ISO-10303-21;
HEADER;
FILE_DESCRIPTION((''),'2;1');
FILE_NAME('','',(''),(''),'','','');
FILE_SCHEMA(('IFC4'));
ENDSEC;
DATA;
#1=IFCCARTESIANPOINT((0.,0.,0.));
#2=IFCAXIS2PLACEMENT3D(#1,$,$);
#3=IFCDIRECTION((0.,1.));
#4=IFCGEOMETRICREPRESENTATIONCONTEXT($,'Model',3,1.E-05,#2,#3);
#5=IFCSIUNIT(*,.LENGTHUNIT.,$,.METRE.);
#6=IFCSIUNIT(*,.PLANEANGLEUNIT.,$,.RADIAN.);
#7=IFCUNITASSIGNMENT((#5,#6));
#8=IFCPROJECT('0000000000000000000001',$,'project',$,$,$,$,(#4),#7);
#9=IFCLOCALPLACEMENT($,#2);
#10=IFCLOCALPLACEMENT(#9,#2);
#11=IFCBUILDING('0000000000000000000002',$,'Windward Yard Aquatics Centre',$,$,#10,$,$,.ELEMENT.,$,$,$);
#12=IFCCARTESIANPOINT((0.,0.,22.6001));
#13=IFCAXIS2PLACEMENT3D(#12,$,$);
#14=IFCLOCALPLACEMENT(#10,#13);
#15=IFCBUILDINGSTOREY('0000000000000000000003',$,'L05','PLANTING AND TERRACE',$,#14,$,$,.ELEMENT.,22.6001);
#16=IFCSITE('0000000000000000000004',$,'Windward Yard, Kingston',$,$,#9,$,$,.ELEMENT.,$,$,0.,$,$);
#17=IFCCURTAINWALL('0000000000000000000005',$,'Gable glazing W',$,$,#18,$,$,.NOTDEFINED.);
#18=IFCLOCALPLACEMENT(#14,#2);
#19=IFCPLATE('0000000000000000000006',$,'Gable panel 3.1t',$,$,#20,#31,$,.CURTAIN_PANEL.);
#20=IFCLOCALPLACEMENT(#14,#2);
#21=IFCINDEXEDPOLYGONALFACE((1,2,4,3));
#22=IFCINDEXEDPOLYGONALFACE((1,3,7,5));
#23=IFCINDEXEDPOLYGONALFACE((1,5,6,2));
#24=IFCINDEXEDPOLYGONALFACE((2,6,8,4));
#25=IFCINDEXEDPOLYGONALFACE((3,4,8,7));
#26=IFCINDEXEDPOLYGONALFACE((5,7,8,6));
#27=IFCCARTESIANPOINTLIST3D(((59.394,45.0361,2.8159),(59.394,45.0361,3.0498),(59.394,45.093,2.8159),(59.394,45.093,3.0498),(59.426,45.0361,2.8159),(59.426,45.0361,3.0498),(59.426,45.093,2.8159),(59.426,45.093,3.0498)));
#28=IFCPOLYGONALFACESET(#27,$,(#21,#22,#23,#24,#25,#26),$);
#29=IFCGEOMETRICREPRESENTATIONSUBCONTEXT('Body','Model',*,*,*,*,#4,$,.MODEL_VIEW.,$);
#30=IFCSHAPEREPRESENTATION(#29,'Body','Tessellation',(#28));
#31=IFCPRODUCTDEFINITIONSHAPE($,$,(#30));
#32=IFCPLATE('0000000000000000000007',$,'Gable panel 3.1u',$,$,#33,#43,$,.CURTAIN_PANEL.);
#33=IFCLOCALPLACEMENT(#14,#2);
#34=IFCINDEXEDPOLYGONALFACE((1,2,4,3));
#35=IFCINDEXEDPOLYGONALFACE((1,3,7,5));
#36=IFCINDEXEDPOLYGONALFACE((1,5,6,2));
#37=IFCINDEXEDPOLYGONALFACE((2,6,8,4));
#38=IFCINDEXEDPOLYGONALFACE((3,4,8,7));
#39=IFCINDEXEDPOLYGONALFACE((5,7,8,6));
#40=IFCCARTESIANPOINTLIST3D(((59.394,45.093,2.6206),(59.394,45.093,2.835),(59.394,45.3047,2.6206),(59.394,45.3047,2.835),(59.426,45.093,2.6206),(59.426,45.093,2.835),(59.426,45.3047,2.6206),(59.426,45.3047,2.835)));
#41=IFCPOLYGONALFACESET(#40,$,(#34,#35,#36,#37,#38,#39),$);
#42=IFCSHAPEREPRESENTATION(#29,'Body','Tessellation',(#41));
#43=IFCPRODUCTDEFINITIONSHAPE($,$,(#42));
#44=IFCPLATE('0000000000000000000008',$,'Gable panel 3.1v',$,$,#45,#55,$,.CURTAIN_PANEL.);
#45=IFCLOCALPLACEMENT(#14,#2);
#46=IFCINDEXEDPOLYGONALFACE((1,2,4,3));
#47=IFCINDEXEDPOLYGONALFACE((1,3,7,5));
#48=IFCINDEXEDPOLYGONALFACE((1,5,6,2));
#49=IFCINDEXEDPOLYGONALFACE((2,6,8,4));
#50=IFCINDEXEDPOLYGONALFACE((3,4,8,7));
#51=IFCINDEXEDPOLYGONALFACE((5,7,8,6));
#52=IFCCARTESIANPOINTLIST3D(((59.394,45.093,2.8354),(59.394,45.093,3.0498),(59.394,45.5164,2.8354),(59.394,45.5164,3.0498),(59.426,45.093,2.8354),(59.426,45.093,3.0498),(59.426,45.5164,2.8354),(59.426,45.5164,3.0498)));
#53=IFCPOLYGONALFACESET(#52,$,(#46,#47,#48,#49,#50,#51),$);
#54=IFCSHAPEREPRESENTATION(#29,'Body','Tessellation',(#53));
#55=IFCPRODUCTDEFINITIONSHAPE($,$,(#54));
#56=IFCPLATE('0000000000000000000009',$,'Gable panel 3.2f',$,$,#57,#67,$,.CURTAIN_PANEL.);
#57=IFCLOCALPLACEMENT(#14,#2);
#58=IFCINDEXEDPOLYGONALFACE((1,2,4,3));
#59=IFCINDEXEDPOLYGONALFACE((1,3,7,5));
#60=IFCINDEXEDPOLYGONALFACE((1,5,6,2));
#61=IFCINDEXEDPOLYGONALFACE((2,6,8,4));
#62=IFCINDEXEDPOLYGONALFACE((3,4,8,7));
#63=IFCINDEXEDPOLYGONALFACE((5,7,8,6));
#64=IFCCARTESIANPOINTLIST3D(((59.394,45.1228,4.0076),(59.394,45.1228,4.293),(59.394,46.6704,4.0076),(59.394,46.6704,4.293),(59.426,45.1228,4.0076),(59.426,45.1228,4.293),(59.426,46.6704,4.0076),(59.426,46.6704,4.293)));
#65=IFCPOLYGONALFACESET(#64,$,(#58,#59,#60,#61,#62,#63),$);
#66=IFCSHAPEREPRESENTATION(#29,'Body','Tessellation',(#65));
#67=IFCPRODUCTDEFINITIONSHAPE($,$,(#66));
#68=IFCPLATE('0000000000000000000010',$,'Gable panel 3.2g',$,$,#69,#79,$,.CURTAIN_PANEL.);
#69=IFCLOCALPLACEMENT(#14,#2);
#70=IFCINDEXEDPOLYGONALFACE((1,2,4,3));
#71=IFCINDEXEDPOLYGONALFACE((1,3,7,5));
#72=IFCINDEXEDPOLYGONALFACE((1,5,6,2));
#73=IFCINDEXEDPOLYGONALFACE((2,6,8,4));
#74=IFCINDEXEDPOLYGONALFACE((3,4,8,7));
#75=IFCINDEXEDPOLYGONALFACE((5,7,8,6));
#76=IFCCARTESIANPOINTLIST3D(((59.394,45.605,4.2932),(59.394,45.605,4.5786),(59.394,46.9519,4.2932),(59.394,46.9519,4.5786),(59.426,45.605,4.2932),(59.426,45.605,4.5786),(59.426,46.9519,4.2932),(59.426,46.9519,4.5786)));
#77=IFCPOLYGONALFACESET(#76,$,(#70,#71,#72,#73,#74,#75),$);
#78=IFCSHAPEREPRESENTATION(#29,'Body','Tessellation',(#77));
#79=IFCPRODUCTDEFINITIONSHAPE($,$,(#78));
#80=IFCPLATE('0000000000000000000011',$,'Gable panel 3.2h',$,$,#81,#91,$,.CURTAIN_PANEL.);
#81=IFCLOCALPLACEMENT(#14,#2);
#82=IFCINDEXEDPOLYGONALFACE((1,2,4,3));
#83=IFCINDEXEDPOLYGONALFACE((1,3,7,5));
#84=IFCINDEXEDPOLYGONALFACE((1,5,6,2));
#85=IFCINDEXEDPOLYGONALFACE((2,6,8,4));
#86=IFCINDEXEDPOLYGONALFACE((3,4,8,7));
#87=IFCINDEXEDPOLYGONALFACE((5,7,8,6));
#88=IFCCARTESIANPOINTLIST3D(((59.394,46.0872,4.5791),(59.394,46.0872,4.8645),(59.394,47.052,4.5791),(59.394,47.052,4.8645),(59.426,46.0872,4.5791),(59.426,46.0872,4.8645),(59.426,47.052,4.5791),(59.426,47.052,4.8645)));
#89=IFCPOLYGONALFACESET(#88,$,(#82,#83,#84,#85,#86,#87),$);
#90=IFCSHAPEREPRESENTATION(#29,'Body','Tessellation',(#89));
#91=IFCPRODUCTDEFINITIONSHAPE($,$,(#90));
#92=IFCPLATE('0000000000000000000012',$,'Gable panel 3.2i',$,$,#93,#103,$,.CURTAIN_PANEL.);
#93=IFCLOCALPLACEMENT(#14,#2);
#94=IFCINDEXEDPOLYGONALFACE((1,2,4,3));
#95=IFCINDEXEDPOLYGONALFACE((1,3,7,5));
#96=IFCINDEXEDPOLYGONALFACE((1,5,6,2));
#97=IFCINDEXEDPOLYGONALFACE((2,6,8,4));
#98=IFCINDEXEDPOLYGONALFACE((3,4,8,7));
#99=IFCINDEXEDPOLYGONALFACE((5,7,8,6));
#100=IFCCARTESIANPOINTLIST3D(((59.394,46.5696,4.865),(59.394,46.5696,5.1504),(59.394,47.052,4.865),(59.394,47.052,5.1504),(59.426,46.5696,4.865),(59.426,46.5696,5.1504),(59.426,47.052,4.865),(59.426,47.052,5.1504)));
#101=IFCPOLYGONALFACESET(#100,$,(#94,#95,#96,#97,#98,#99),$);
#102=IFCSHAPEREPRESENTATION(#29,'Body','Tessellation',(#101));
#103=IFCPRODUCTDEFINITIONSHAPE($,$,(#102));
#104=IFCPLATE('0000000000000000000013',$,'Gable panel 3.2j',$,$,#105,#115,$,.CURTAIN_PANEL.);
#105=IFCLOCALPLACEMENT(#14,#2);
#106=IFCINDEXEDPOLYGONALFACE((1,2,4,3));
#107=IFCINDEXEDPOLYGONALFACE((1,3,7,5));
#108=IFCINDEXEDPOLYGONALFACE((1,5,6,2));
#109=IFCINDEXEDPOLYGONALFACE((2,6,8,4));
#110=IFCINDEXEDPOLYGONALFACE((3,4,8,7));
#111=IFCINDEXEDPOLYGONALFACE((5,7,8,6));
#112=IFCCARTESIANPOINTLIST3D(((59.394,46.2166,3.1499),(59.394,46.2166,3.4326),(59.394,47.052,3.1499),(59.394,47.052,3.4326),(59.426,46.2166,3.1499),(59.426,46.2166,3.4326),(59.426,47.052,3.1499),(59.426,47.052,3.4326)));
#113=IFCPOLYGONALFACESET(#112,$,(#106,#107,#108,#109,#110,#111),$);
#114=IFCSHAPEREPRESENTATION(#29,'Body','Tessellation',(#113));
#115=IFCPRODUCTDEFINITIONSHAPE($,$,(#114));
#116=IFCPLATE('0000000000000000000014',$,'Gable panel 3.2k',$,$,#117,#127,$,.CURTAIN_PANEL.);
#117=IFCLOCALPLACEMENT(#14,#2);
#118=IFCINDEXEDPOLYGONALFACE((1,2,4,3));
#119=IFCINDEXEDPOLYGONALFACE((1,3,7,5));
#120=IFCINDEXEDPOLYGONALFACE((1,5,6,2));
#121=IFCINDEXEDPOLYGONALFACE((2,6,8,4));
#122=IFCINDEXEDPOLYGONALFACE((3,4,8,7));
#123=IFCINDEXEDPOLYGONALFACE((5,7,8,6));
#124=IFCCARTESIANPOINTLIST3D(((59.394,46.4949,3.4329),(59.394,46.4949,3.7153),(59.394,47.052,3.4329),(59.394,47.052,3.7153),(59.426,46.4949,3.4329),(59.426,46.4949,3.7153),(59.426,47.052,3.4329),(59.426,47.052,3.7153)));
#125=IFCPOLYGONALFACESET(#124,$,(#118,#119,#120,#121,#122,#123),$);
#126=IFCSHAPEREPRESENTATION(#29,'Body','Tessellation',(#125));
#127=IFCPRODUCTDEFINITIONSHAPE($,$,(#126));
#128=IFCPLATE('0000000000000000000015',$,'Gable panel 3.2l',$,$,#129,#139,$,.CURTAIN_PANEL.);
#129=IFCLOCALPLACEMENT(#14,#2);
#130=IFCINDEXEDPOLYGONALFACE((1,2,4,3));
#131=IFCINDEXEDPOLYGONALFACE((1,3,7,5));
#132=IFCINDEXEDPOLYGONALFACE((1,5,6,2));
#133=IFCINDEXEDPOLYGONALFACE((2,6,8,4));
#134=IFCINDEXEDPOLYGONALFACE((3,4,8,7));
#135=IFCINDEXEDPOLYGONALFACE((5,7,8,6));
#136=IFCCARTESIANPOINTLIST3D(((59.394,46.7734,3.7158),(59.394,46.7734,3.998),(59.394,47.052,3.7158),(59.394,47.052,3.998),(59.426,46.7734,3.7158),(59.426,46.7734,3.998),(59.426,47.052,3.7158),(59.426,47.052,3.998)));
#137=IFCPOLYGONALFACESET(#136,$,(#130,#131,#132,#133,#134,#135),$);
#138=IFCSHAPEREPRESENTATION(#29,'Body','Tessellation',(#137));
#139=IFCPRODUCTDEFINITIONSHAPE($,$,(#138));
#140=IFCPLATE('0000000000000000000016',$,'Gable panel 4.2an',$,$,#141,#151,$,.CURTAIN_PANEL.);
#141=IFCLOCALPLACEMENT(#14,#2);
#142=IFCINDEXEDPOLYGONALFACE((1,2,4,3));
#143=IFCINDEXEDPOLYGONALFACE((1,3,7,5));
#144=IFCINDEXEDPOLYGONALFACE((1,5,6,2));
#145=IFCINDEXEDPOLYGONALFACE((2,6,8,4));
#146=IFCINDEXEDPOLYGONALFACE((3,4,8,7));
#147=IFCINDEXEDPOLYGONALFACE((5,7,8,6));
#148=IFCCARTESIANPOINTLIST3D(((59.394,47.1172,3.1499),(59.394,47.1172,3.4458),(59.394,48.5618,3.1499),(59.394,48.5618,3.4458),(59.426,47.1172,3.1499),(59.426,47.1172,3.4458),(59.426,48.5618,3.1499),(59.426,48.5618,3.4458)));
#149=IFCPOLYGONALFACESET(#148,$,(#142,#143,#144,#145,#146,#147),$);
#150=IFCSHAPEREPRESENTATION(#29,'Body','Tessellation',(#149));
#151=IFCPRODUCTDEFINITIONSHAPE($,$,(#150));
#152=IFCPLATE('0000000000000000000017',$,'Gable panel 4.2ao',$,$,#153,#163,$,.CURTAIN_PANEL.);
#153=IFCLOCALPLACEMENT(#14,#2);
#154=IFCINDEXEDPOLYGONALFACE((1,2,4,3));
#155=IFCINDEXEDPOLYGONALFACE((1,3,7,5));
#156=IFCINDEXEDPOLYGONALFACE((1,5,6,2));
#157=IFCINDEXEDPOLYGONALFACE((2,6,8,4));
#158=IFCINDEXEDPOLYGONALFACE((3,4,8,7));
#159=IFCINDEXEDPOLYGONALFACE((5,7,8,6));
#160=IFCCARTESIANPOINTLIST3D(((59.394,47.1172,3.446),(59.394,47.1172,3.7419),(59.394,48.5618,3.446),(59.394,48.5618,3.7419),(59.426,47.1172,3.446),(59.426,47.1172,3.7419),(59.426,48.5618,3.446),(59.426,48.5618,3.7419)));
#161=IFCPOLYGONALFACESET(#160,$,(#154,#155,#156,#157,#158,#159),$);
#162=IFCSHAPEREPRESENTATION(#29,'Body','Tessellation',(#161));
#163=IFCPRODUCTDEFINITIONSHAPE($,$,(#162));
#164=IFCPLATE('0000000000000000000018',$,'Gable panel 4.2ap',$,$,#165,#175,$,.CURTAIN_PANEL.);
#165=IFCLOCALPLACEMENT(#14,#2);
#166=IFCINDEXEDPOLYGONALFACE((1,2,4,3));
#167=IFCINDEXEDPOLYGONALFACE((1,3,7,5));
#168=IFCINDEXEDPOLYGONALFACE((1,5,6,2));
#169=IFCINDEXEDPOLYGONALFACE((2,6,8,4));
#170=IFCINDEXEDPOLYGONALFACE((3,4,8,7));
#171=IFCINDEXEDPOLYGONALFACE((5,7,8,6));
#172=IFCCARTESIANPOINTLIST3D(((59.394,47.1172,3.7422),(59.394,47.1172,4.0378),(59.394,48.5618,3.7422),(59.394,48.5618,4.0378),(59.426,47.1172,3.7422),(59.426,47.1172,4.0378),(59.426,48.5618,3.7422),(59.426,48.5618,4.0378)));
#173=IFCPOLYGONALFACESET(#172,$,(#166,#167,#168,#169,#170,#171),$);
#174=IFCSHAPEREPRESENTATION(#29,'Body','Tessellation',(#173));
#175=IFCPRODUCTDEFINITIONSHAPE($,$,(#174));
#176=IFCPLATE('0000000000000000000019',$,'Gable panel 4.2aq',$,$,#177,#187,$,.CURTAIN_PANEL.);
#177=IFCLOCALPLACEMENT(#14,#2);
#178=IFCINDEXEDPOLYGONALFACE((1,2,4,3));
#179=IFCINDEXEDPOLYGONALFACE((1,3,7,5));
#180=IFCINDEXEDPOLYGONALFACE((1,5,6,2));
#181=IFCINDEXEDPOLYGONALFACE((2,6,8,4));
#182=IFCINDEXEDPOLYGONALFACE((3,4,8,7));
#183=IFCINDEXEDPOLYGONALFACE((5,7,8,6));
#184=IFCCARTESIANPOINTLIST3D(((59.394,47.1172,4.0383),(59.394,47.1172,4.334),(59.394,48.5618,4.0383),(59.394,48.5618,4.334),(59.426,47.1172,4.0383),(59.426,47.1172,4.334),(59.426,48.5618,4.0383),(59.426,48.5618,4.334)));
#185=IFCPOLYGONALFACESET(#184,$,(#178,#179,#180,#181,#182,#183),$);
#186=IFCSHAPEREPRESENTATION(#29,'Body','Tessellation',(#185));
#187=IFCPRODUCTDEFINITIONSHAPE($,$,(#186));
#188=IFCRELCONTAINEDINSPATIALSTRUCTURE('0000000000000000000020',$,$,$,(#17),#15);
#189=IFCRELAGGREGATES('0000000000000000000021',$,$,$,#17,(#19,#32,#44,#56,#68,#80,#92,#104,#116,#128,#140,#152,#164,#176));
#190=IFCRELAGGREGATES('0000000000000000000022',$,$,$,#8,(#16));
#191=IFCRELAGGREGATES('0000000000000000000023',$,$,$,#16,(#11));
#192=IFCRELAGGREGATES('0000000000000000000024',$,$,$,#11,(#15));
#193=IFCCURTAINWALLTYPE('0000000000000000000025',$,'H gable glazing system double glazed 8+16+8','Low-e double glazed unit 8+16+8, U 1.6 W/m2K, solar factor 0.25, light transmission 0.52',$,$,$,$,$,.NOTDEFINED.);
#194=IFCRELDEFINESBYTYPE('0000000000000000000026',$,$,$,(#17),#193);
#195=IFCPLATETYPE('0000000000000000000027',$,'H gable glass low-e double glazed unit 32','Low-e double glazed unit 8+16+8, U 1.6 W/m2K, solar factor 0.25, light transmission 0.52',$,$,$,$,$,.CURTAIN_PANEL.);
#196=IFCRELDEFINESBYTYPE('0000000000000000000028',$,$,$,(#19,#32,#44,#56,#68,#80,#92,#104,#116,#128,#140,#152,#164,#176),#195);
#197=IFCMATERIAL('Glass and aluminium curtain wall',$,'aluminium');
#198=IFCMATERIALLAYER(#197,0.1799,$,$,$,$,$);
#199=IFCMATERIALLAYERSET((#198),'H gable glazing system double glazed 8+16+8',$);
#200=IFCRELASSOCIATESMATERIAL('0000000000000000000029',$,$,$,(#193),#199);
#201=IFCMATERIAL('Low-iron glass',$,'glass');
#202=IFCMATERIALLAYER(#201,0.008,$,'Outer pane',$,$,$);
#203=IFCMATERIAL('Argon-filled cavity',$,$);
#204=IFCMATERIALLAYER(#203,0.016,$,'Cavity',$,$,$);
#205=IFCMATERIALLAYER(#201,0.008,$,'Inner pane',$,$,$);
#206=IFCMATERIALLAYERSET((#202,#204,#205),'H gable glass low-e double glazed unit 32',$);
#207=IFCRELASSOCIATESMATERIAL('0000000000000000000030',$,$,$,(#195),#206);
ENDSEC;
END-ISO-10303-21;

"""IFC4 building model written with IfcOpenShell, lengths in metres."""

from ifc_helpers import new_model, si_unit, direction, frame, origin, place, context, subcontext, project, spatial, polyline, outline, extrude, material, layer, layer_set, type_object, element, aggregate, save


model = new_model("IFC4")

# Units and contexts
model_context = context("Model", 3, precision=1e-05, world=origin(), true_north=direction((0.0, 1.0)))
body_context = subcontext(model_context, "Body", "Model", "MODEL_VIEW")
ifc_project = project(units=[si_unit("LENGTHUNIT", "METRE"), si_unit("PLANEANGLEUNIT", "RADIAN")], contexts=[model_context])

# Site, building, storey
site_placement = place(None, origin())
site = spatial("IfcSite", under=ifc_project, at=site_placement, Name="Windward Yard, Kingston", CompositionType="ELEMENT", RefElevation=0.0)
building_placement = place(site_placement, origin())
building = spatial("IfcBuilding", under=site, at=building_placement, Name="Windward Yard Aquatics Centre", CompositionType="ELEMENT")
storey_placement = place(building_placement, frame((0.0, 0.0, 22.6001)))
storey = spatial("IfcBuildingStorey", under=building, at=storey_placement, Name="L05", Description="PLANTING AND TERRACE", CompositionType="ELEMENT", Elevation=22.6001)

# Curtain wall, plates
ifc_material_1 = material(Name="Glass and aluminium curtain wall", Category="aluminium")
ifc_layer_1 = layer(ifc_material_1, 0.1799)
ifc_layer_set_1 = layer_set([ifc_layer_1], Name="H gable glazing system double glazed 8+16+8")
curtain_wall_type = type_object("IfcCurtainWallType", Name="H gable glazing system double glazed 8+16+8", Description="Low-e double glazed unit 8+16+8, U 1.6 W/m2K, solar factor 0.25, light transmission 0.52", PredefinedType="NOTDEFINED", material=ifc_layer_set_1)
curtain_wall_placement = place(storey_placement, origin())
curtain_wall = element("IfcCurtainWall", 1, at=curtain_wall_placement, inside=storey, type_object=curtain_wall_type, Name="Gable glazing W", PredefinedType="NOTDEFINED")
ifc_material_2 = material(Name="Low-iron glass", Category="glass")
ifc_layer_2 = layer(ifc_material_2, 0.008, Name="Outer pane")
ifc_material_3 = material(Name="Argon-filled cavity")
ifc_layer_3 = layer(ifc_material_3, 0.016, Name="Cavity")
ifc_layer_4 = layer(ifc_material_2, 0.008, Name="Inner pane")
ifc_layer_set_2 = layer_set([ifc_layer_2, ifc_layer_3, ifc_layer_4], Name="H gable glass low-e double glazed unit 32")
plate_type = type_object("IfcPlateType", Name="H gable glass low-e double glazed unit 32", Description="Low-e double glazed unit 8+16+8, U 1.6 W/m2K, solar factor 0.25, light transmission 0.52", PredefinedType="CURTAIN_PANEL", material=ifc_layer_set_2)
plate_1_placement = place(storey_placement, frame((59.426, 45.0361, 2.8159), z_axis=(1.0, 0.0, 0.0), x_axis=(0.0, 1.0, 0.0)))
plate_1 = element("IfcPlate", 2, at=plate_1_placement, type_object=plate_type, Name="Gable panel 3.1t", PredefinedType="CURTAIN_PANEL", context=body_context, shape_type="SweptSolid", body=[
    extrude(outline(polyline([(0.0, 0.0), (0.0569, 0.0), (0.0569, 0.2339), (0.0, 0.2339), (0.0, 0.0)])), origin(), (0.0, 0.0, -1.0), 0.032),
])
plate_2_placement = place(storey_placement, frame((59.426, 45.093, 2.6206), z_axis=(1.0, 0.0, 0.0), x_axis=(0.0, 1.0, 0.0)))
plate_2 = element("IfcPlate", 3, at=plate_2_placement, type_object=plate_type, Name="Gable panel 3.1u", PredefinedType="CURTAIN_PANEL", context=body_context, shape_type="SweptSolid", body=[
    extrude(outline(polyline([(0.0, 0.0), (0.2117, 0.0), (0.2117, 0.2144), (0.0, 0.2144), (0.0, 0.0)])), origin(), (0.0, 0.0, -1.0), 0.032),
])
plate_3_placement = place(storey_placement, frame((59.426, 45.093, 2.8354), z_axis=(1.0, 0.0, 0.0), x_axis=(0.0, 1.0, 0.0)))
plate_3 = element("IfcPlate", 4, at=plate_3_placement, type_object=plate_type, Name="Gable panel 3.1v", PredefinedType="CURTAIN_PANEL", context=body_context, shape_type="SweptSolid", body=[
    extrude(outline(polyline([(0.0, 0.0), (0.4233, 0.0), (0.4233, 0.2144), (0.0, 0.2144), (0.0, 0.0)])), origin(), (0.0, 0.0, -1.0), 0.032),
])
plate_4_placement = place(storey_placement, frame((59.426, 45.1228, 4.0076), z_axis=(1.0, 0.0, 0.0), x_axis=(0.0, 1.0, 0.0)))
plate_4 = element("IfcPlate", 5, at=plate_4_placement, type_object=plate_type, Name="Gable panel 3.2f", PredefinedType="CURTAIN_PANEL", context=body_context, shape_type="SweptSolid", body=[
    extrude(outline(polyline([(0.0, 0.0), (1.5476, 0.0), (1.5476, 0.2854), (0.0, 0.2854), (0.0, 0.0)])), origin(), (0.0, 0.0, -1.0), 0.032),
])
plate_5_placement = place(storey_placement, frame((59.426, 45.605, 4.2932), z_axis=(1.0, 0.0, 0.0), x_axis=(0.0, 1.0, 0.0)))
plate_5 = element("IfcPlate", 6, at=plate_5_placement, type_object=plate_type, Name="Gable panel 3.2g", PredefinedType="CURTAIN_PANEL", context=body_context, shape_type="SweptSolid", body=[
    extrude(outline(polyline([(0.0, 0.0), (1.3469, 0.0), (1.3469, 0.2854), (0.0, 0.2854), (0.0, 0.0)])), origin(), (0.0, 0.0, -1.0), 0.032),
])
plate_6_placement = place(storey_placement, frame((59.426, 46.0872, 4.5791), z_axis=(1.0, 0.0, 0.0), x_axis=(0.0, 1.0, 0.0)))
plate_6 = element("IfcPlate", 7, at=plate_6_placement, type_object=plate_type, Name="Gable panel 3.2h", PredefinedType="CURTAIN_PANEL", context=body_context, shape_type="SweptSolid", body=[
    extrude(outline(polyline([(0.0, 0.0), (0.9648, 0.0), (0.9648, 0.2854), (0.0, 0.2854), (0.0, 0.0)])), origin(), (0.0, 0.0, -1.0), 0.032),
])
plate_7_placement = place(storey_placement, frame((59.426, 46.5696, 4.865), z_axis=(1.0, 0.0, 0.0), x_axis=(0.0, 1.0, 0.0)))
plate_7 = element("IfcPlate", 8, at=plate_7_placement, type_object=plate_type, Name="Gable panel 3.2i", PredefinedType="CURTAIN_PANEL", context=body_context, shape_type="SweptSolid", body=[
    extrude(outline(polyline([(0.0, 0.0), (0.4824, 0.0), (0.4824, 0.2854), (0.0, 0.2854), (0.0, 0.0)])), origin(), (0.0, 0.0, -1.0), 0.032),
])
plate_8_placement = place(storey_placement, frame((59.426, 46.2166, 3.1499), z_axis=(1.0, 0.0, 0.0), x_axis=(0.0, 1.0, 0.0)))
plate_8 = element("IfcPlate", 9, at=plate_8_placement, type_object=plate_type, Name="Gable panel 3.2j", PredefinedType="CURTAIN_PANEL", context=body_context, shape_type="SweptSolid", body=[
    extrude(outline(polyline([(0.0, 0.0), (0.8354, 0.0), (0.8354, 0.2827), (0.0, 0.2827), (0.0, 0.0)])), origin(), (0.0, 0.0, -1.0), 0.032),
])
plate_9_placement = place(storey_placement, frame((59.426, 46.4949, 3.4329), z_axis=(1.0, 0.0, 0.0), x_axis=(0.0, 1.0, 0.0)))
plate_9 = element("IfcPlate", 10, at=plate_9_placement, type_object=plate_type, Name="Gable panel 3.2k", PredefinedType="CURTAIN_PANEL", context=body_context, shape_type="SweptSolid", body=[
    extrude(outline(polyline([(0.0, 0.0), (0.5571, 0.0), (0.5571, 0.2825), (0.0, 0.2825), (0.0, 0.0)])), origin(), (0.0, 0.0, -1.0), 0.032),
])
plate_10_placement = place(storey_placement, frame((59.426, 46.7734, 3.7158), z_axis=(1.0, 0.0, 0.0), x_axis=(0.0, 1.0, 0.0)))
plate_10 = element("IfcPlate", 11, at=plate_10_placement, type_object=plate_type, Name="Gable panel 3.2l", PredefinedType="CURTAIN_PANEL", context=body_context, shape_type="SweptSolid", body=[
    extrude(outline(polyline([(0.0, 0.0), (0.2786, 0.0), (0.2786, 0.2822), (0.0, 0.2822), (0.0, 0.0)])), origin(), (0.0, 0.0, -1.0), 0.032),
])
plate_11_placement = place(storey_placement, frame((59.426, 47.1172, 3.1499), z_axis=(1.0, 0.0, 0.0), x_axis=(0.0, 1.0, 0.0)))
plate_11 = element("IfcPlate", 12, at=plate_11_placement, type_object=plate_type, Name="Gable panel 4.2an", PredefinedType="CURTAIN_PANEL", context=body_context, shape_type="SweptSolid", body=[
    extrude(outline(polyline([(0.0, 0.0), (1.4446, 0.0), (1.4446, 0.2959), (0.0, 0.2959), (0.0, 0.0)])), origin(), (0.0, 0.0, -1.0), 0.032),
])
plate_12_placement = place(storey_placement, frame((59.426, 47.1172, 3.446), z_axis=(1.0, 0.0, 0.0), x_axis=(0.0, 1.0, 0.0)))
plate_12 = element("IfcPlate", 13, at=plate_12_placement, type_object=plate_type, Name="Gable panel 4.2ao", PredefinedType="CURTAIN_PANEL", context=body_context, shape_type="SweptSolid", body=[
    extrude(outline(polyline([(0.0, 0.0), (1.4446, 0.0), (1.4446, 0.2959), (0.0, 0.2959), (0.0, 0.0)])), origin(), (0.0, 0.0, -1.0), 0.032),
])
plate_13_placement = place(storey_placement, frame((59.426, 47.1172, 3.7422), z_axis=(1.0, 0.0, 0.0), x_axis=(0.0, 1.0, 0.0)))
plate_13 = element("IfcPlate", 14, at=plate_13_placement, type_object=plate_type, Name="Gable panel 4.2ap", PredefinedType="CURTAIN_PANEL", context=body_context, shape_type="SweptSolid", body=[
    extrude(outline(polyline([(0.0, 0.0), (1.4446, 0.0), (1.4446, 0.2957), (0.0, 0.2957), (0.0, 0.0)])), origin(), (0.0, 0.0, -1.0), 0.032),
])
plate_14_placement = place(storey_placement, frame((59.426, 47.1172, 4.0383), z_axis=(1.0, 0.0, 0.0), x_axis=(0.0, 1.0, 0.0)))
plate_14 = element("IfcPlate", 15, at=plate_14_placement, type_object=plate_type, Name="Gable panel 4.2aq", PredefinedType="CURTAIN_PANEL", context=body_context, shape_type="SweptSolid", body=[
    extrude(outline(polyline([(0.0, 0.0), (1.4446, 0.0), (1.4446, 0.2957), (0.0, 0.2957), (0.0, 0.0)])), origin(), (0.0, 0.0, -1.0), 0.032),
])
aggregate(curtain_wall, [plate_1, plate_2, plate_3, plate_4, plate_5, plate_6, plate_7, plate_8, plate_9, plate_10, plate_11, plate_12, plate_13, plate_14])

save(model, "model.ifc")
